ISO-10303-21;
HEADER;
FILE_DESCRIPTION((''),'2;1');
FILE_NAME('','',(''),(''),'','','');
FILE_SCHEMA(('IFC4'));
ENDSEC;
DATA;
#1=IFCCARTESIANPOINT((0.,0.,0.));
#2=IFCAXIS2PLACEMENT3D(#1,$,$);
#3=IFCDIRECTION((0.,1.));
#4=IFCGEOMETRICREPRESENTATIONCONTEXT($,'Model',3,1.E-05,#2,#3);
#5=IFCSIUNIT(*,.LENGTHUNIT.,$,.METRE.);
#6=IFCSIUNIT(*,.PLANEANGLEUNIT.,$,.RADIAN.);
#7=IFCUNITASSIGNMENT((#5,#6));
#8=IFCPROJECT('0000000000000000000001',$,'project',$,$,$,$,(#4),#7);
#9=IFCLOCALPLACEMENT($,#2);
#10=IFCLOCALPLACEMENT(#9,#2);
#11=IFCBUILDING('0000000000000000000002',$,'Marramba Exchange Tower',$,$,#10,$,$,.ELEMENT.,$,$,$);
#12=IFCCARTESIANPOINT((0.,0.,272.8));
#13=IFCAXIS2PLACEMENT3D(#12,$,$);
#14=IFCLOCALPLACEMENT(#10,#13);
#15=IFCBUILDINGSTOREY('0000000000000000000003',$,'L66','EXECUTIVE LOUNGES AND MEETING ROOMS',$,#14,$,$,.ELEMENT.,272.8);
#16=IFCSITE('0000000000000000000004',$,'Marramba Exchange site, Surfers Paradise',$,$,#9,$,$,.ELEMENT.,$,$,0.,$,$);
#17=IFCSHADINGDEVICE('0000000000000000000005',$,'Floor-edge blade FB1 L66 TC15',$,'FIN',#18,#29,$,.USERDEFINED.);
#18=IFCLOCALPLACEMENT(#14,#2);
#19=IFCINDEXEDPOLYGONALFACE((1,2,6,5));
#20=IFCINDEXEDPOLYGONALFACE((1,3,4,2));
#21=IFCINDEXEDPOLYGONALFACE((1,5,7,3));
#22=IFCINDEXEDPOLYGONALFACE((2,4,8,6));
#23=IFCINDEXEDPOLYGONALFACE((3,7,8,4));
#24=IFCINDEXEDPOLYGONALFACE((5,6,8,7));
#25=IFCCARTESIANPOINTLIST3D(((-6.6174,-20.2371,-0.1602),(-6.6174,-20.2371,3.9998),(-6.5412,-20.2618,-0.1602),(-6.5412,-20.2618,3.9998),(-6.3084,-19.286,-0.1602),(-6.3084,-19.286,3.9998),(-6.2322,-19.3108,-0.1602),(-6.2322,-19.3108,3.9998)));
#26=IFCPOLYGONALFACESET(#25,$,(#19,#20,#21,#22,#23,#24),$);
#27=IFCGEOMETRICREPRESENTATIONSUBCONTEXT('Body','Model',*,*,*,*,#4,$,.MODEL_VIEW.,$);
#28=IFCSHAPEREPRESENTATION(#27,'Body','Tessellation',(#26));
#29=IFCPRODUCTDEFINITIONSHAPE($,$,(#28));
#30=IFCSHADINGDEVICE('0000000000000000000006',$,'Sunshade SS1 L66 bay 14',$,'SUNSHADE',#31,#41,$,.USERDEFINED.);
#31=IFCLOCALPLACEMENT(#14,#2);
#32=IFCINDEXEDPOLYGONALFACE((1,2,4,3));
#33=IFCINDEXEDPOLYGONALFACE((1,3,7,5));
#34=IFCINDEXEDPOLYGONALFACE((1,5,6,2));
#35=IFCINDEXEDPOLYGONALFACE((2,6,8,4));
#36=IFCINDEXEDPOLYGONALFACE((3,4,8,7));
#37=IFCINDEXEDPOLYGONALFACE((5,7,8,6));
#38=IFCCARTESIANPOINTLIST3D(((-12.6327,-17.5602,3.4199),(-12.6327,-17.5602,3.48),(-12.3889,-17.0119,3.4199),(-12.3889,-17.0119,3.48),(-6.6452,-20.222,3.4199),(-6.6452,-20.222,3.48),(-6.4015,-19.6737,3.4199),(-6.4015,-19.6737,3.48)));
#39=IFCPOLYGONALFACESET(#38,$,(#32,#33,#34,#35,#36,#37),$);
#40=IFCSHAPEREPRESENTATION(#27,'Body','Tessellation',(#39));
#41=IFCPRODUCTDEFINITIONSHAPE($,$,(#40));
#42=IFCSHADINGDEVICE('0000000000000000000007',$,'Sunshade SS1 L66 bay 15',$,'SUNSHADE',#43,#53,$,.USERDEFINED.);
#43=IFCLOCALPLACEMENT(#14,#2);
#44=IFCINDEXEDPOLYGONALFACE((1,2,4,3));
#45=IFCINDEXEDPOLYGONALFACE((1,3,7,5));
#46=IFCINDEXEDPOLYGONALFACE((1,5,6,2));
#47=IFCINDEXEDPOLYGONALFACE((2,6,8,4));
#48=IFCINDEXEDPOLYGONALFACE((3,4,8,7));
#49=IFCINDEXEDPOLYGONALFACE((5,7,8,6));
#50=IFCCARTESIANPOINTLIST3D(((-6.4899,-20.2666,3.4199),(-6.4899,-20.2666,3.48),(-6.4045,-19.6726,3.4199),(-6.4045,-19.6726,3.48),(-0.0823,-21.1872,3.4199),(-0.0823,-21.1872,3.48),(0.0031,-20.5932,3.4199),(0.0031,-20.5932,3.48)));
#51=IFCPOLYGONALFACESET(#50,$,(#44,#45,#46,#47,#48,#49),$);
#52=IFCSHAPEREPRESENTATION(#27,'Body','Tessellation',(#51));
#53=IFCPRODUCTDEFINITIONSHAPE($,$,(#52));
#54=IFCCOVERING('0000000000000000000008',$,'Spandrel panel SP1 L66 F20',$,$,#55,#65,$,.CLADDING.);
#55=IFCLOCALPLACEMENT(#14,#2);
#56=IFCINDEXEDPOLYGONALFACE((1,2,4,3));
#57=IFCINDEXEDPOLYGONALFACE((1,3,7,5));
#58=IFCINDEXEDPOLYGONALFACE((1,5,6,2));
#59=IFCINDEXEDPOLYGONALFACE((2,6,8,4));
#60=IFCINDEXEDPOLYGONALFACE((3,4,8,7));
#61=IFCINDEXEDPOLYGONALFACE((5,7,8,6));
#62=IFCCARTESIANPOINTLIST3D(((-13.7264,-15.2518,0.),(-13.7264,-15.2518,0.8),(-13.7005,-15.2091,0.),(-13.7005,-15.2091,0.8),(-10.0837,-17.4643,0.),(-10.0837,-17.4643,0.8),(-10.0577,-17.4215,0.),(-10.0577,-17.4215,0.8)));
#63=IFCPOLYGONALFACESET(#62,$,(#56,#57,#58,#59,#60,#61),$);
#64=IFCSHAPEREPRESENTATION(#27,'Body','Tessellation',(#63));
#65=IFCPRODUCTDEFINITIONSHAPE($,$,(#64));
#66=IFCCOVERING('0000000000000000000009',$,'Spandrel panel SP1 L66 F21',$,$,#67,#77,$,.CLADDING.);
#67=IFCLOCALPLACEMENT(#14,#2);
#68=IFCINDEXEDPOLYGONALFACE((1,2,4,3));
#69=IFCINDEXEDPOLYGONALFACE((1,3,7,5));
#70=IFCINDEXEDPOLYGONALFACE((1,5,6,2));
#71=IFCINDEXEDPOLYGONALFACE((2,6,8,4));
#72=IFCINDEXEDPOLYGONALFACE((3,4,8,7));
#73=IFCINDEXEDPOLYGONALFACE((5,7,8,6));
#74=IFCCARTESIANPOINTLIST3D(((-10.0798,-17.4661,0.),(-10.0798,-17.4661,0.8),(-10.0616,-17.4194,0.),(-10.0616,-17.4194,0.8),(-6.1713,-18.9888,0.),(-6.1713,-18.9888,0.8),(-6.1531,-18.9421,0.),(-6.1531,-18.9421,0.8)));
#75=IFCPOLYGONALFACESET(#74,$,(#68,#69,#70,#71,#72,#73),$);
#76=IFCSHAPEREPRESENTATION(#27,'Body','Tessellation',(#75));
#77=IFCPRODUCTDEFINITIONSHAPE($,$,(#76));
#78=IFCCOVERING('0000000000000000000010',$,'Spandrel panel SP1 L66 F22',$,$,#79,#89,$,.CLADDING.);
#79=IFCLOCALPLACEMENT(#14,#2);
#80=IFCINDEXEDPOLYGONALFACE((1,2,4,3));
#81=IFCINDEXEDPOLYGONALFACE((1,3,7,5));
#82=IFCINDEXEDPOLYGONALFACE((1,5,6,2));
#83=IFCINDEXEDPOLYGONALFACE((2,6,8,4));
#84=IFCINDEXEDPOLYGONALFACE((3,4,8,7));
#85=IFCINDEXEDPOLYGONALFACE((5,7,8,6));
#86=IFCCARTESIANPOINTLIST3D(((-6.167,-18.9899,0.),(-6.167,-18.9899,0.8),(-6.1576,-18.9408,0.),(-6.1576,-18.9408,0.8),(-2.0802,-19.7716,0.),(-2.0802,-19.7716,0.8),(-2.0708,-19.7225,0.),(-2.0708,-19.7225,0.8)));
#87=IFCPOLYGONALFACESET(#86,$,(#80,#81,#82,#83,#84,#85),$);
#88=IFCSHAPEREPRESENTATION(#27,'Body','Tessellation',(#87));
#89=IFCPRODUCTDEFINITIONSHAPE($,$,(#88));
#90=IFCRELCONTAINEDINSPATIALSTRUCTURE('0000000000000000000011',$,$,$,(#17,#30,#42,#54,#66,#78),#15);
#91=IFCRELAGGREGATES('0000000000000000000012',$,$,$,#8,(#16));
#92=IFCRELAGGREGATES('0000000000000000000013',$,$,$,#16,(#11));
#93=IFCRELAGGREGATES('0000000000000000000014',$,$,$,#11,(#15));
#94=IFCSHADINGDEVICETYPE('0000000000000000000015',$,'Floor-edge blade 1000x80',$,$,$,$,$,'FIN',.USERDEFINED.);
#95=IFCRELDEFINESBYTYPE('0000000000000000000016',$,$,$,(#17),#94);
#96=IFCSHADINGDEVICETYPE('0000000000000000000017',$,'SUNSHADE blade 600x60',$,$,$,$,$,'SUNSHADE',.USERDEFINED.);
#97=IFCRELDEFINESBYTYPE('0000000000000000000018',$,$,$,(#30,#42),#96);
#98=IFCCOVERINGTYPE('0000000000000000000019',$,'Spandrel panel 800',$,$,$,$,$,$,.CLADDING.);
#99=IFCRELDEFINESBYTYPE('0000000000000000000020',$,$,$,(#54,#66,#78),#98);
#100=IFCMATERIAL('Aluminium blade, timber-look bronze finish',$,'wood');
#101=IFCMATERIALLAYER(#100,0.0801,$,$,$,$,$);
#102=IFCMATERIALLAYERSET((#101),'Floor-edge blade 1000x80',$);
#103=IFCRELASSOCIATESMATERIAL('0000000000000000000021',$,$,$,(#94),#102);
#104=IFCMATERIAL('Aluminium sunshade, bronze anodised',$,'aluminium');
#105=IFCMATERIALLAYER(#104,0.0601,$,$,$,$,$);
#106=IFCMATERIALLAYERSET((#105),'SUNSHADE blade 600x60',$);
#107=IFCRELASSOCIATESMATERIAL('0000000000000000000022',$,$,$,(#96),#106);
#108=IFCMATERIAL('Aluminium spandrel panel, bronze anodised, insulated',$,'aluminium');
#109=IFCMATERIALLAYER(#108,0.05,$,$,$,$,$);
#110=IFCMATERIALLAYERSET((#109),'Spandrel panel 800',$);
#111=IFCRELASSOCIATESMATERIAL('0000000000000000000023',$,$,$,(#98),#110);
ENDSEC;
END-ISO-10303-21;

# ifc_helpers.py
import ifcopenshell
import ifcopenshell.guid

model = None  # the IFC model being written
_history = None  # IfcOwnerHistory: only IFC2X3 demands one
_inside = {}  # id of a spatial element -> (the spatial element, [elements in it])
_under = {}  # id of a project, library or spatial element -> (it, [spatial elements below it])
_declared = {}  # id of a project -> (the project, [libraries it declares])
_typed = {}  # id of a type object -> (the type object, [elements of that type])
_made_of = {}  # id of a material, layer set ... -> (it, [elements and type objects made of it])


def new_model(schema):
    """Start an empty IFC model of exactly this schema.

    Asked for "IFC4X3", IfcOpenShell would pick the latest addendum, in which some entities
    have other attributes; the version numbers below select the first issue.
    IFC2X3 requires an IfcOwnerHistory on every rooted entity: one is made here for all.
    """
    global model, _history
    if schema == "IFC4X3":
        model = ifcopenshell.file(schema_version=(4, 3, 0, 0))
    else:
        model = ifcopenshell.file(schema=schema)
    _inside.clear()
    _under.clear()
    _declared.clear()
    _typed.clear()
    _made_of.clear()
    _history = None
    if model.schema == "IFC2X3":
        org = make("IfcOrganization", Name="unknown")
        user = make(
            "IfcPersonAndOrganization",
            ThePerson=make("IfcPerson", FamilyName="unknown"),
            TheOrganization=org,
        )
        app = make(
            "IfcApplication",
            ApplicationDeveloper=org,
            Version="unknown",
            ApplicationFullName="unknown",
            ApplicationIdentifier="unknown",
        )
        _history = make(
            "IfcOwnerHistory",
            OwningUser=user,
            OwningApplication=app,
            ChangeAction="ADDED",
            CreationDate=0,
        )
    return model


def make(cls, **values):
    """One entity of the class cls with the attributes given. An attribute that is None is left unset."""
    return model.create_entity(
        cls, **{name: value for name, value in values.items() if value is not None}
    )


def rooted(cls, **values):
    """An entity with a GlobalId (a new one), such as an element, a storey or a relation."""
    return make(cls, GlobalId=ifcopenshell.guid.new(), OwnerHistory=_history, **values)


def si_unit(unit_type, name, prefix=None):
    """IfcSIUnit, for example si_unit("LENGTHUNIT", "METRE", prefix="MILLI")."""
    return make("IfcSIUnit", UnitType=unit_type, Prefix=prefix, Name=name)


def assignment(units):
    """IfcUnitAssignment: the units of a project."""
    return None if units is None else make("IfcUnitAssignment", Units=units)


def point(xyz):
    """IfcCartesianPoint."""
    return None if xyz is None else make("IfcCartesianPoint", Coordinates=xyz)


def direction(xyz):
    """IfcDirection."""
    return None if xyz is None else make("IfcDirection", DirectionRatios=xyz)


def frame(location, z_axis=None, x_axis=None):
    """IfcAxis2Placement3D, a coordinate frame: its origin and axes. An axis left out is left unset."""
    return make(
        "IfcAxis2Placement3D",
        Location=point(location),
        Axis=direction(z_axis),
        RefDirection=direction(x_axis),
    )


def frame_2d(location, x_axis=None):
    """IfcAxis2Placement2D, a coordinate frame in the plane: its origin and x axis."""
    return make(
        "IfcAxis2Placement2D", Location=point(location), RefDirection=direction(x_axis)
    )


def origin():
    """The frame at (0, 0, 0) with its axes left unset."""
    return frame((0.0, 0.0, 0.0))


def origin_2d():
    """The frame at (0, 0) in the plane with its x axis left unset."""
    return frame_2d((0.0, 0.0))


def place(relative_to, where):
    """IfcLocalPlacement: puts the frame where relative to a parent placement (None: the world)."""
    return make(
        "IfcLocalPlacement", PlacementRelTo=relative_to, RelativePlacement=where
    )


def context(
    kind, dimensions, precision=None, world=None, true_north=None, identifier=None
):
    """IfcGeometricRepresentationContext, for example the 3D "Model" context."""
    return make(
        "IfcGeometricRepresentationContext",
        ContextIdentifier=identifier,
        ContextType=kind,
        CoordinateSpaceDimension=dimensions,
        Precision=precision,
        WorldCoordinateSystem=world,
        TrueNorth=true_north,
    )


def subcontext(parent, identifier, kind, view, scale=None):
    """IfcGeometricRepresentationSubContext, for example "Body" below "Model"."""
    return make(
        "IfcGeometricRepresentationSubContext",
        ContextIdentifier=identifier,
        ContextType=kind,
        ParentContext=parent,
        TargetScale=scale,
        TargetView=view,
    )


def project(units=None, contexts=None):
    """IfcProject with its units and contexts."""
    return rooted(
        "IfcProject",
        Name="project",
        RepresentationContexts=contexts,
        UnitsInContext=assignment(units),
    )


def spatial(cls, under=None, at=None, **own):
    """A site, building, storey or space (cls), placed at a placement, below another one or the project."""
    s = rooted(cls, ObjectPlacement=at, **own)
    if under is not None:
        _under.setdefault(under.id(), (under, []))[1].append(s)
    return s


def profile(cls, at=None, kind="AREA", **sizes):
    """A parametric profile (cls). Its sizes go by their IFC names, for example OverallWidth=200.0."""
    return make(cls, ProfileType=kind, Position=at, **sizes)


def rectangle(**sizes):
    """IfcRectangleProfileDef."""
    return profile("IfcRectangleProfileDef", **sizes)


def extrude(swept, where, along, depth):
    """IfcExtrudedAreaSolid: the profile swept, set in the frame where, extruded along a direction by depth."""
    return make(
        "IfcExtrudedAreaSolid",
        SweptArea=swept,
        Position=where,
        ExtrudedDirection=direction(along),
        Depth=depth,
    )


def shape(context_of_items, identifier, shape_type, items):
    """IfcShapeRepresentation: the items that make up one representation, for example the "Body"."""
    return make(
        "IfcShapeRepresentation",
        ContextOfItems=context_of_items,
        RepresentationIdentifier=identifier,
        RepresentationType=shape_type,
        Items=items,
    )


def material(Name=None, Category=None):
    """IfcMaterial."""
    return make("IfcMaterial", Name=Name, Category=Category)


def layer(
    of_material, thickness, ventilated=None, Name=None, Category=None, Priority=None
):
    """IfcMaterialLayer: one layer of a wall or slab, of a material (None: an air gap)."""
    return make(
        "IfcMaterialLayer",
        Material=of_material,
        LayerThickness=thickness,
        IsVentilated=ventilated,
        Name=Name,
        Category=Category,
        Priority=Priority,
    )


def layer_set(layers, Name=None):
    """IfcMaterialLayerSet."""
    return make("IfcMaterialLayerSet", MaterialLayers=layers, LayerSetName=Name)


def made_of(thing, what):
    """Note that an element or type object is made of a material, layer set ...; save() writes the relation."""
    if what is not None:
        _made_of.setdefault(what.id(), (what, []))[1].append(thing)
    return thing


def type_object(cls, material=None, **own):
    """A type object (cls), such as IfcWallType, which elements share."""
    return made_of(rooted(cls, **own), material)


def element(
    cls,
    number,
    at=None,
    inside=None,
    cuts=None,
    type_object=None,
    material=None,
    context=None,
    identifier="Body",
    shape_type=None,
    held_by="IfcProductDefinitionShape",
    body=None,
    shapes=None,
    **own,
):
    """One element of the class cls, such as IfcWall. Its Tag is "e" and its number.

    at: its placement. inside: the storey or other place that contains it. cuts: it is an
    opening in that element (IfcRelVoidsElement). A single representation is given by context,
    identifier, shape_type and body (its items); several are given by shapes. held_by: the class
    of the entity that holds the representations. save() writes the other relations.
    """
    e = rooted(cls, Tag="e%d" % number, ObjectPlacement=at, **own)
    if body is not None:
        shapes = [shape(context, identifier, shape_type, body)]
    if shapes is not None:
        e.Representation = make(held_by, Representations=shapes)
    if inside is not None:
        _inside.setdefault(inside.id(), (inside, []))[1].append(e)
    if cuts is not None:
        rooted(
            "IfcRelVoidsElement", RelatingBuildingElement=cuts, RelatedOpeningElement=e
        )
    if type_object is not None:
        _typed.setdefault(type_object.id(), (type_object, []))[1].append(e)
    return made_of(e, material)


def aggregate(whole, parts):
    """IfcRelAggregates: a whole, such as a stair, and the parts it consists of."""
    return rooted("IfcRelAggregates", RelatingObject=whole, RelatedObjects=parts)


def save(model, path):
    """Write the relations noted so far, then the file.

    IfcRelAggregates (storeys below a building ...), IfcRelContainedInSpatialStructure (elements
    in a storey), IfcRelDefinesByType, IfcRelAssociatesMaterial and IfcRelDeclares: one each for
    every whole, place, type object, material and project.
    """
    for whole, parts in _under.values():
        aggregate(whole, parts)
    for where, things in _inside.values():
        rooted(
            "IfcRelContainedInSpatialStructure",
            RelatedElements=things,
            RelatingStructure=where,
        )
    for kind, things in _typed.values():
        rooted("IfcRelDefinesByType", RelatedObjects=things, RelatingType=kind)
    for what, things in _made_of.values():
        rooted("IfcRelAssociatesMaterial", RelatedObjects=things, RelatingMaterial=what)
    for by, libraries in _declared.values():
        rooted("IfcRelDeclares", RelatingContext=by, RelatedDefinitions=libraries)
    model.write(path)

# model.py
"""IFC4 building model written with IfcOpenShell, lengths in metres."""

from ifc_helpers import new_model, si_unit, direction, frame, origin, origin_2d, place, context, subcontext, project, spatial, rectangle, extrude, material, layer, layer_set, type_object, element, save


model = new_model("IFC4")

# Units and contexts
model_context = context("Model", 3, precision=1e-05, world=origin(), true_north=direction((0.0, 1.0)))
body_context = subcontext(model_context, "Body", "Model", "MODEL_VIEW")
ifc_project = project(units=[si_unit("LENGTHUNIT", "METRE"), si_unit("PLANEANGLEUNIT", "RADIAN")], contexts=[model_context])

# Site, building, storey
site_placement = place(None, origin())
site = spatial("IfcSite", under=ifc_project, at=site_placement, Name="Marramba Exchange site, Surfers Paradise", CompositionType="ELEMENT", RefElevation=0.0)
building_placement = place(site_placement, origin())
building = spatial("IfcBuilding", under=site, at=building_placement, Name="Marramba Exchange Tower", CompositionType="ELEMENT")
storey_placement = place(building_placement, frame((0.0, 0.0, 272.8)))
storey = spatial("IfcBuildingStorey", under=building, at=storey_placement, Name="L66", Description="EXECUTIVE LOUNGES AND MEETING ROOMS", CompositionType="ELEMENT", Elevation=272.8)

# Shading devices
ifc_material_1 = material(Name="Aluminium blade, timber-look bronze finish", Category="wood")
ifc_layer_1 = layer(ifc_material_1, 0.0801)
ifc_layer_set_1 = layer_set([ifc_layer_1], Name="Floor-edge blade 1000x80")
shading_device_type_1 = type_object("IfcShadingDeviceType", Name="Floor-edge blade 1000x80", ElementType="FIN", PredefinedType="USERDEFINED", material=ifc_layer_set_1)
for number, where, z_axis, x_axis, name in (
    (1, (-6.4248, -19.7739, -0.1602), (0.0, 0.0, 1.0), (-0.309017, -0.951057, 0.0), "Floor-edge blade FB1 L66 TC15"),
):
    element("IfcShadingDevice", number, at=place(storey_placement, frame(where, z_axis=z_axis, x_axis=x_axis)), inside=storey, type_object=shading_device_type_1, Name=name, ObjectType="FIN", PredefinedType="USERDEFINED", context=body_context, shape_type="SweptSolid", body=[
        extrude(rectangle(XDim=1.0, YDim=0.0801, at=origin_2d()), origin(), (0.0, 0.0, 1.0), 4.1599),
    ])
ifc_material_2 = material(Name="Aluminium sunshade, bronze anodised", Category="aluminium")
ifc_layer_2 = layer(ifc_material_2, 0.0601)
ifc_layer_set_2 = layer_set([ifc_layer_2], Name="SUNSHADE blade 600x60")
shading_device_type_2 = type_object("IfcShadingDeviceType", Name="SUNSHADE blade 600x60", ElementType="SUNSHADE", PredefinedType="USERDEFINED", material=ifc_layer_set_2)
shading_device_1_placement = place(storey_placement, frame((-9.5171, -18.6169, 3.4199), z_axis=(0.0, 0.0, 1.0), x_axis=(0.913771, -0.406229, 0.0)))
element("IfcShadingDevice", 2, at=shading_device_1_placement, inside=storey, type_object=shading_device_type_2, Name="Sunshade SS1 L66 bay 14", ObjectType="SUNSHADE", PredefinedType="USERDEFINED", context=body_context, shape_type="SweptSolid", body=[
    extrude(rectangle(XDim=6.5525, YDim=0.6001, at=origin_2d()), origin(), (0.0, 0.0, 1.0), 0.0601),
])
shading_device_2_placement = place(storey_placement, frame((-3.2434, -20.4299, 3.4199), z_axis=(0.0, 0.0, 1.0), x_axis=(0.989837, -0.14221, 0.0)))
element("IfcShadingDevice", 3, at=shading_device_2_placement, inside=storey, type_object=shading_device_type_2, Name="Sunshade SS1 L66 bay 15", ObjectType="SUNSHADE", PredefinedType="USERDEFINED", context=body_context, shape_type="SweptSolid", body=[
    extrude(rectangle(XDim=6.4734, YDim=0.6001, at=origin_2d()), origin(), (0.0, 0.0, 1.0), 0.0601),
])

# Coverings
ifc_material_3 = material(Name="Aluminium spandrel panel, bronze anodised, insulated", Category="aluminium")
ifc_layer_3 = layer(ifc_material_3, 0.05)
ifc_layer_set_3 = layer_set([ifc_layer_3], Name="Spandrel panel 800")
covering_type = type_object("IfcCoveringType", Name="Spandrel panel 800", PredefinedType="CLADDING", material=ifc_layer_set_3)
covering_1_placement = place(storey_placement, frame((-11.8921, -16.3367, 0.0), z_axis=(0.0, 0.0, 1.0), x_axis=(0.854704, -0.519115, 0.0)))
element("IfcCovering", 4, at=covering_1_placement, inside=storey, type_object=covering_type, Name="Spandrel panel SP1 L66 F20", PredefinedType="CLADDING", context=body_context, shape_type="SweptSolid", body=[
    extrude(rectangle(XDim=4.262, YDim=0.05, at=origin_2d()), origin(), (0.0, 0.0, 1.0), 0.8),
])
covering_2_placement = place(storey_placement, frame((-8.1165, -18.2041, 0.0), z_axis=(0.0, 0.0, 1.0), x_axis=(0.931785, -0.36301, 0.0)))
element("IfcCovering", 5, at=covering_2_placement, inside=storey, type_object=covering_type, Name="Spandrel panel SP1 L66 F21", PredefinedType="CLADDING", context=body_context, shape_type="SweptSolid", body=[
    extrude(rectangle(XDim=4.1946, YDim=0.05, at=origin_2d()), origin(), (0.0, 0.0, 1.0), 0.8),
])
covering_3_placement = place(storey_placement, frame((-4.1189, -19.3562, 0.0), z_axis=(0.0, 0.0, 1.0), x_axis=(0.982193, -0.187873, 0.0)))
element("IfcCovering", 6, at=covering_3_placement, inside=storey, type_object=covering_type, Name="Spandrel panel SP1 L66 F22", PredefinedType="CLADDING", context=body_context, shape_type="SweptSolid", body=[
    extrude(rectangle(XDim=4.1609, YDim=0.05, at=origin_2d()), origin(), (0.0, 0.0, 1.0), 0.8),
])

save(model, "model.ifc")
